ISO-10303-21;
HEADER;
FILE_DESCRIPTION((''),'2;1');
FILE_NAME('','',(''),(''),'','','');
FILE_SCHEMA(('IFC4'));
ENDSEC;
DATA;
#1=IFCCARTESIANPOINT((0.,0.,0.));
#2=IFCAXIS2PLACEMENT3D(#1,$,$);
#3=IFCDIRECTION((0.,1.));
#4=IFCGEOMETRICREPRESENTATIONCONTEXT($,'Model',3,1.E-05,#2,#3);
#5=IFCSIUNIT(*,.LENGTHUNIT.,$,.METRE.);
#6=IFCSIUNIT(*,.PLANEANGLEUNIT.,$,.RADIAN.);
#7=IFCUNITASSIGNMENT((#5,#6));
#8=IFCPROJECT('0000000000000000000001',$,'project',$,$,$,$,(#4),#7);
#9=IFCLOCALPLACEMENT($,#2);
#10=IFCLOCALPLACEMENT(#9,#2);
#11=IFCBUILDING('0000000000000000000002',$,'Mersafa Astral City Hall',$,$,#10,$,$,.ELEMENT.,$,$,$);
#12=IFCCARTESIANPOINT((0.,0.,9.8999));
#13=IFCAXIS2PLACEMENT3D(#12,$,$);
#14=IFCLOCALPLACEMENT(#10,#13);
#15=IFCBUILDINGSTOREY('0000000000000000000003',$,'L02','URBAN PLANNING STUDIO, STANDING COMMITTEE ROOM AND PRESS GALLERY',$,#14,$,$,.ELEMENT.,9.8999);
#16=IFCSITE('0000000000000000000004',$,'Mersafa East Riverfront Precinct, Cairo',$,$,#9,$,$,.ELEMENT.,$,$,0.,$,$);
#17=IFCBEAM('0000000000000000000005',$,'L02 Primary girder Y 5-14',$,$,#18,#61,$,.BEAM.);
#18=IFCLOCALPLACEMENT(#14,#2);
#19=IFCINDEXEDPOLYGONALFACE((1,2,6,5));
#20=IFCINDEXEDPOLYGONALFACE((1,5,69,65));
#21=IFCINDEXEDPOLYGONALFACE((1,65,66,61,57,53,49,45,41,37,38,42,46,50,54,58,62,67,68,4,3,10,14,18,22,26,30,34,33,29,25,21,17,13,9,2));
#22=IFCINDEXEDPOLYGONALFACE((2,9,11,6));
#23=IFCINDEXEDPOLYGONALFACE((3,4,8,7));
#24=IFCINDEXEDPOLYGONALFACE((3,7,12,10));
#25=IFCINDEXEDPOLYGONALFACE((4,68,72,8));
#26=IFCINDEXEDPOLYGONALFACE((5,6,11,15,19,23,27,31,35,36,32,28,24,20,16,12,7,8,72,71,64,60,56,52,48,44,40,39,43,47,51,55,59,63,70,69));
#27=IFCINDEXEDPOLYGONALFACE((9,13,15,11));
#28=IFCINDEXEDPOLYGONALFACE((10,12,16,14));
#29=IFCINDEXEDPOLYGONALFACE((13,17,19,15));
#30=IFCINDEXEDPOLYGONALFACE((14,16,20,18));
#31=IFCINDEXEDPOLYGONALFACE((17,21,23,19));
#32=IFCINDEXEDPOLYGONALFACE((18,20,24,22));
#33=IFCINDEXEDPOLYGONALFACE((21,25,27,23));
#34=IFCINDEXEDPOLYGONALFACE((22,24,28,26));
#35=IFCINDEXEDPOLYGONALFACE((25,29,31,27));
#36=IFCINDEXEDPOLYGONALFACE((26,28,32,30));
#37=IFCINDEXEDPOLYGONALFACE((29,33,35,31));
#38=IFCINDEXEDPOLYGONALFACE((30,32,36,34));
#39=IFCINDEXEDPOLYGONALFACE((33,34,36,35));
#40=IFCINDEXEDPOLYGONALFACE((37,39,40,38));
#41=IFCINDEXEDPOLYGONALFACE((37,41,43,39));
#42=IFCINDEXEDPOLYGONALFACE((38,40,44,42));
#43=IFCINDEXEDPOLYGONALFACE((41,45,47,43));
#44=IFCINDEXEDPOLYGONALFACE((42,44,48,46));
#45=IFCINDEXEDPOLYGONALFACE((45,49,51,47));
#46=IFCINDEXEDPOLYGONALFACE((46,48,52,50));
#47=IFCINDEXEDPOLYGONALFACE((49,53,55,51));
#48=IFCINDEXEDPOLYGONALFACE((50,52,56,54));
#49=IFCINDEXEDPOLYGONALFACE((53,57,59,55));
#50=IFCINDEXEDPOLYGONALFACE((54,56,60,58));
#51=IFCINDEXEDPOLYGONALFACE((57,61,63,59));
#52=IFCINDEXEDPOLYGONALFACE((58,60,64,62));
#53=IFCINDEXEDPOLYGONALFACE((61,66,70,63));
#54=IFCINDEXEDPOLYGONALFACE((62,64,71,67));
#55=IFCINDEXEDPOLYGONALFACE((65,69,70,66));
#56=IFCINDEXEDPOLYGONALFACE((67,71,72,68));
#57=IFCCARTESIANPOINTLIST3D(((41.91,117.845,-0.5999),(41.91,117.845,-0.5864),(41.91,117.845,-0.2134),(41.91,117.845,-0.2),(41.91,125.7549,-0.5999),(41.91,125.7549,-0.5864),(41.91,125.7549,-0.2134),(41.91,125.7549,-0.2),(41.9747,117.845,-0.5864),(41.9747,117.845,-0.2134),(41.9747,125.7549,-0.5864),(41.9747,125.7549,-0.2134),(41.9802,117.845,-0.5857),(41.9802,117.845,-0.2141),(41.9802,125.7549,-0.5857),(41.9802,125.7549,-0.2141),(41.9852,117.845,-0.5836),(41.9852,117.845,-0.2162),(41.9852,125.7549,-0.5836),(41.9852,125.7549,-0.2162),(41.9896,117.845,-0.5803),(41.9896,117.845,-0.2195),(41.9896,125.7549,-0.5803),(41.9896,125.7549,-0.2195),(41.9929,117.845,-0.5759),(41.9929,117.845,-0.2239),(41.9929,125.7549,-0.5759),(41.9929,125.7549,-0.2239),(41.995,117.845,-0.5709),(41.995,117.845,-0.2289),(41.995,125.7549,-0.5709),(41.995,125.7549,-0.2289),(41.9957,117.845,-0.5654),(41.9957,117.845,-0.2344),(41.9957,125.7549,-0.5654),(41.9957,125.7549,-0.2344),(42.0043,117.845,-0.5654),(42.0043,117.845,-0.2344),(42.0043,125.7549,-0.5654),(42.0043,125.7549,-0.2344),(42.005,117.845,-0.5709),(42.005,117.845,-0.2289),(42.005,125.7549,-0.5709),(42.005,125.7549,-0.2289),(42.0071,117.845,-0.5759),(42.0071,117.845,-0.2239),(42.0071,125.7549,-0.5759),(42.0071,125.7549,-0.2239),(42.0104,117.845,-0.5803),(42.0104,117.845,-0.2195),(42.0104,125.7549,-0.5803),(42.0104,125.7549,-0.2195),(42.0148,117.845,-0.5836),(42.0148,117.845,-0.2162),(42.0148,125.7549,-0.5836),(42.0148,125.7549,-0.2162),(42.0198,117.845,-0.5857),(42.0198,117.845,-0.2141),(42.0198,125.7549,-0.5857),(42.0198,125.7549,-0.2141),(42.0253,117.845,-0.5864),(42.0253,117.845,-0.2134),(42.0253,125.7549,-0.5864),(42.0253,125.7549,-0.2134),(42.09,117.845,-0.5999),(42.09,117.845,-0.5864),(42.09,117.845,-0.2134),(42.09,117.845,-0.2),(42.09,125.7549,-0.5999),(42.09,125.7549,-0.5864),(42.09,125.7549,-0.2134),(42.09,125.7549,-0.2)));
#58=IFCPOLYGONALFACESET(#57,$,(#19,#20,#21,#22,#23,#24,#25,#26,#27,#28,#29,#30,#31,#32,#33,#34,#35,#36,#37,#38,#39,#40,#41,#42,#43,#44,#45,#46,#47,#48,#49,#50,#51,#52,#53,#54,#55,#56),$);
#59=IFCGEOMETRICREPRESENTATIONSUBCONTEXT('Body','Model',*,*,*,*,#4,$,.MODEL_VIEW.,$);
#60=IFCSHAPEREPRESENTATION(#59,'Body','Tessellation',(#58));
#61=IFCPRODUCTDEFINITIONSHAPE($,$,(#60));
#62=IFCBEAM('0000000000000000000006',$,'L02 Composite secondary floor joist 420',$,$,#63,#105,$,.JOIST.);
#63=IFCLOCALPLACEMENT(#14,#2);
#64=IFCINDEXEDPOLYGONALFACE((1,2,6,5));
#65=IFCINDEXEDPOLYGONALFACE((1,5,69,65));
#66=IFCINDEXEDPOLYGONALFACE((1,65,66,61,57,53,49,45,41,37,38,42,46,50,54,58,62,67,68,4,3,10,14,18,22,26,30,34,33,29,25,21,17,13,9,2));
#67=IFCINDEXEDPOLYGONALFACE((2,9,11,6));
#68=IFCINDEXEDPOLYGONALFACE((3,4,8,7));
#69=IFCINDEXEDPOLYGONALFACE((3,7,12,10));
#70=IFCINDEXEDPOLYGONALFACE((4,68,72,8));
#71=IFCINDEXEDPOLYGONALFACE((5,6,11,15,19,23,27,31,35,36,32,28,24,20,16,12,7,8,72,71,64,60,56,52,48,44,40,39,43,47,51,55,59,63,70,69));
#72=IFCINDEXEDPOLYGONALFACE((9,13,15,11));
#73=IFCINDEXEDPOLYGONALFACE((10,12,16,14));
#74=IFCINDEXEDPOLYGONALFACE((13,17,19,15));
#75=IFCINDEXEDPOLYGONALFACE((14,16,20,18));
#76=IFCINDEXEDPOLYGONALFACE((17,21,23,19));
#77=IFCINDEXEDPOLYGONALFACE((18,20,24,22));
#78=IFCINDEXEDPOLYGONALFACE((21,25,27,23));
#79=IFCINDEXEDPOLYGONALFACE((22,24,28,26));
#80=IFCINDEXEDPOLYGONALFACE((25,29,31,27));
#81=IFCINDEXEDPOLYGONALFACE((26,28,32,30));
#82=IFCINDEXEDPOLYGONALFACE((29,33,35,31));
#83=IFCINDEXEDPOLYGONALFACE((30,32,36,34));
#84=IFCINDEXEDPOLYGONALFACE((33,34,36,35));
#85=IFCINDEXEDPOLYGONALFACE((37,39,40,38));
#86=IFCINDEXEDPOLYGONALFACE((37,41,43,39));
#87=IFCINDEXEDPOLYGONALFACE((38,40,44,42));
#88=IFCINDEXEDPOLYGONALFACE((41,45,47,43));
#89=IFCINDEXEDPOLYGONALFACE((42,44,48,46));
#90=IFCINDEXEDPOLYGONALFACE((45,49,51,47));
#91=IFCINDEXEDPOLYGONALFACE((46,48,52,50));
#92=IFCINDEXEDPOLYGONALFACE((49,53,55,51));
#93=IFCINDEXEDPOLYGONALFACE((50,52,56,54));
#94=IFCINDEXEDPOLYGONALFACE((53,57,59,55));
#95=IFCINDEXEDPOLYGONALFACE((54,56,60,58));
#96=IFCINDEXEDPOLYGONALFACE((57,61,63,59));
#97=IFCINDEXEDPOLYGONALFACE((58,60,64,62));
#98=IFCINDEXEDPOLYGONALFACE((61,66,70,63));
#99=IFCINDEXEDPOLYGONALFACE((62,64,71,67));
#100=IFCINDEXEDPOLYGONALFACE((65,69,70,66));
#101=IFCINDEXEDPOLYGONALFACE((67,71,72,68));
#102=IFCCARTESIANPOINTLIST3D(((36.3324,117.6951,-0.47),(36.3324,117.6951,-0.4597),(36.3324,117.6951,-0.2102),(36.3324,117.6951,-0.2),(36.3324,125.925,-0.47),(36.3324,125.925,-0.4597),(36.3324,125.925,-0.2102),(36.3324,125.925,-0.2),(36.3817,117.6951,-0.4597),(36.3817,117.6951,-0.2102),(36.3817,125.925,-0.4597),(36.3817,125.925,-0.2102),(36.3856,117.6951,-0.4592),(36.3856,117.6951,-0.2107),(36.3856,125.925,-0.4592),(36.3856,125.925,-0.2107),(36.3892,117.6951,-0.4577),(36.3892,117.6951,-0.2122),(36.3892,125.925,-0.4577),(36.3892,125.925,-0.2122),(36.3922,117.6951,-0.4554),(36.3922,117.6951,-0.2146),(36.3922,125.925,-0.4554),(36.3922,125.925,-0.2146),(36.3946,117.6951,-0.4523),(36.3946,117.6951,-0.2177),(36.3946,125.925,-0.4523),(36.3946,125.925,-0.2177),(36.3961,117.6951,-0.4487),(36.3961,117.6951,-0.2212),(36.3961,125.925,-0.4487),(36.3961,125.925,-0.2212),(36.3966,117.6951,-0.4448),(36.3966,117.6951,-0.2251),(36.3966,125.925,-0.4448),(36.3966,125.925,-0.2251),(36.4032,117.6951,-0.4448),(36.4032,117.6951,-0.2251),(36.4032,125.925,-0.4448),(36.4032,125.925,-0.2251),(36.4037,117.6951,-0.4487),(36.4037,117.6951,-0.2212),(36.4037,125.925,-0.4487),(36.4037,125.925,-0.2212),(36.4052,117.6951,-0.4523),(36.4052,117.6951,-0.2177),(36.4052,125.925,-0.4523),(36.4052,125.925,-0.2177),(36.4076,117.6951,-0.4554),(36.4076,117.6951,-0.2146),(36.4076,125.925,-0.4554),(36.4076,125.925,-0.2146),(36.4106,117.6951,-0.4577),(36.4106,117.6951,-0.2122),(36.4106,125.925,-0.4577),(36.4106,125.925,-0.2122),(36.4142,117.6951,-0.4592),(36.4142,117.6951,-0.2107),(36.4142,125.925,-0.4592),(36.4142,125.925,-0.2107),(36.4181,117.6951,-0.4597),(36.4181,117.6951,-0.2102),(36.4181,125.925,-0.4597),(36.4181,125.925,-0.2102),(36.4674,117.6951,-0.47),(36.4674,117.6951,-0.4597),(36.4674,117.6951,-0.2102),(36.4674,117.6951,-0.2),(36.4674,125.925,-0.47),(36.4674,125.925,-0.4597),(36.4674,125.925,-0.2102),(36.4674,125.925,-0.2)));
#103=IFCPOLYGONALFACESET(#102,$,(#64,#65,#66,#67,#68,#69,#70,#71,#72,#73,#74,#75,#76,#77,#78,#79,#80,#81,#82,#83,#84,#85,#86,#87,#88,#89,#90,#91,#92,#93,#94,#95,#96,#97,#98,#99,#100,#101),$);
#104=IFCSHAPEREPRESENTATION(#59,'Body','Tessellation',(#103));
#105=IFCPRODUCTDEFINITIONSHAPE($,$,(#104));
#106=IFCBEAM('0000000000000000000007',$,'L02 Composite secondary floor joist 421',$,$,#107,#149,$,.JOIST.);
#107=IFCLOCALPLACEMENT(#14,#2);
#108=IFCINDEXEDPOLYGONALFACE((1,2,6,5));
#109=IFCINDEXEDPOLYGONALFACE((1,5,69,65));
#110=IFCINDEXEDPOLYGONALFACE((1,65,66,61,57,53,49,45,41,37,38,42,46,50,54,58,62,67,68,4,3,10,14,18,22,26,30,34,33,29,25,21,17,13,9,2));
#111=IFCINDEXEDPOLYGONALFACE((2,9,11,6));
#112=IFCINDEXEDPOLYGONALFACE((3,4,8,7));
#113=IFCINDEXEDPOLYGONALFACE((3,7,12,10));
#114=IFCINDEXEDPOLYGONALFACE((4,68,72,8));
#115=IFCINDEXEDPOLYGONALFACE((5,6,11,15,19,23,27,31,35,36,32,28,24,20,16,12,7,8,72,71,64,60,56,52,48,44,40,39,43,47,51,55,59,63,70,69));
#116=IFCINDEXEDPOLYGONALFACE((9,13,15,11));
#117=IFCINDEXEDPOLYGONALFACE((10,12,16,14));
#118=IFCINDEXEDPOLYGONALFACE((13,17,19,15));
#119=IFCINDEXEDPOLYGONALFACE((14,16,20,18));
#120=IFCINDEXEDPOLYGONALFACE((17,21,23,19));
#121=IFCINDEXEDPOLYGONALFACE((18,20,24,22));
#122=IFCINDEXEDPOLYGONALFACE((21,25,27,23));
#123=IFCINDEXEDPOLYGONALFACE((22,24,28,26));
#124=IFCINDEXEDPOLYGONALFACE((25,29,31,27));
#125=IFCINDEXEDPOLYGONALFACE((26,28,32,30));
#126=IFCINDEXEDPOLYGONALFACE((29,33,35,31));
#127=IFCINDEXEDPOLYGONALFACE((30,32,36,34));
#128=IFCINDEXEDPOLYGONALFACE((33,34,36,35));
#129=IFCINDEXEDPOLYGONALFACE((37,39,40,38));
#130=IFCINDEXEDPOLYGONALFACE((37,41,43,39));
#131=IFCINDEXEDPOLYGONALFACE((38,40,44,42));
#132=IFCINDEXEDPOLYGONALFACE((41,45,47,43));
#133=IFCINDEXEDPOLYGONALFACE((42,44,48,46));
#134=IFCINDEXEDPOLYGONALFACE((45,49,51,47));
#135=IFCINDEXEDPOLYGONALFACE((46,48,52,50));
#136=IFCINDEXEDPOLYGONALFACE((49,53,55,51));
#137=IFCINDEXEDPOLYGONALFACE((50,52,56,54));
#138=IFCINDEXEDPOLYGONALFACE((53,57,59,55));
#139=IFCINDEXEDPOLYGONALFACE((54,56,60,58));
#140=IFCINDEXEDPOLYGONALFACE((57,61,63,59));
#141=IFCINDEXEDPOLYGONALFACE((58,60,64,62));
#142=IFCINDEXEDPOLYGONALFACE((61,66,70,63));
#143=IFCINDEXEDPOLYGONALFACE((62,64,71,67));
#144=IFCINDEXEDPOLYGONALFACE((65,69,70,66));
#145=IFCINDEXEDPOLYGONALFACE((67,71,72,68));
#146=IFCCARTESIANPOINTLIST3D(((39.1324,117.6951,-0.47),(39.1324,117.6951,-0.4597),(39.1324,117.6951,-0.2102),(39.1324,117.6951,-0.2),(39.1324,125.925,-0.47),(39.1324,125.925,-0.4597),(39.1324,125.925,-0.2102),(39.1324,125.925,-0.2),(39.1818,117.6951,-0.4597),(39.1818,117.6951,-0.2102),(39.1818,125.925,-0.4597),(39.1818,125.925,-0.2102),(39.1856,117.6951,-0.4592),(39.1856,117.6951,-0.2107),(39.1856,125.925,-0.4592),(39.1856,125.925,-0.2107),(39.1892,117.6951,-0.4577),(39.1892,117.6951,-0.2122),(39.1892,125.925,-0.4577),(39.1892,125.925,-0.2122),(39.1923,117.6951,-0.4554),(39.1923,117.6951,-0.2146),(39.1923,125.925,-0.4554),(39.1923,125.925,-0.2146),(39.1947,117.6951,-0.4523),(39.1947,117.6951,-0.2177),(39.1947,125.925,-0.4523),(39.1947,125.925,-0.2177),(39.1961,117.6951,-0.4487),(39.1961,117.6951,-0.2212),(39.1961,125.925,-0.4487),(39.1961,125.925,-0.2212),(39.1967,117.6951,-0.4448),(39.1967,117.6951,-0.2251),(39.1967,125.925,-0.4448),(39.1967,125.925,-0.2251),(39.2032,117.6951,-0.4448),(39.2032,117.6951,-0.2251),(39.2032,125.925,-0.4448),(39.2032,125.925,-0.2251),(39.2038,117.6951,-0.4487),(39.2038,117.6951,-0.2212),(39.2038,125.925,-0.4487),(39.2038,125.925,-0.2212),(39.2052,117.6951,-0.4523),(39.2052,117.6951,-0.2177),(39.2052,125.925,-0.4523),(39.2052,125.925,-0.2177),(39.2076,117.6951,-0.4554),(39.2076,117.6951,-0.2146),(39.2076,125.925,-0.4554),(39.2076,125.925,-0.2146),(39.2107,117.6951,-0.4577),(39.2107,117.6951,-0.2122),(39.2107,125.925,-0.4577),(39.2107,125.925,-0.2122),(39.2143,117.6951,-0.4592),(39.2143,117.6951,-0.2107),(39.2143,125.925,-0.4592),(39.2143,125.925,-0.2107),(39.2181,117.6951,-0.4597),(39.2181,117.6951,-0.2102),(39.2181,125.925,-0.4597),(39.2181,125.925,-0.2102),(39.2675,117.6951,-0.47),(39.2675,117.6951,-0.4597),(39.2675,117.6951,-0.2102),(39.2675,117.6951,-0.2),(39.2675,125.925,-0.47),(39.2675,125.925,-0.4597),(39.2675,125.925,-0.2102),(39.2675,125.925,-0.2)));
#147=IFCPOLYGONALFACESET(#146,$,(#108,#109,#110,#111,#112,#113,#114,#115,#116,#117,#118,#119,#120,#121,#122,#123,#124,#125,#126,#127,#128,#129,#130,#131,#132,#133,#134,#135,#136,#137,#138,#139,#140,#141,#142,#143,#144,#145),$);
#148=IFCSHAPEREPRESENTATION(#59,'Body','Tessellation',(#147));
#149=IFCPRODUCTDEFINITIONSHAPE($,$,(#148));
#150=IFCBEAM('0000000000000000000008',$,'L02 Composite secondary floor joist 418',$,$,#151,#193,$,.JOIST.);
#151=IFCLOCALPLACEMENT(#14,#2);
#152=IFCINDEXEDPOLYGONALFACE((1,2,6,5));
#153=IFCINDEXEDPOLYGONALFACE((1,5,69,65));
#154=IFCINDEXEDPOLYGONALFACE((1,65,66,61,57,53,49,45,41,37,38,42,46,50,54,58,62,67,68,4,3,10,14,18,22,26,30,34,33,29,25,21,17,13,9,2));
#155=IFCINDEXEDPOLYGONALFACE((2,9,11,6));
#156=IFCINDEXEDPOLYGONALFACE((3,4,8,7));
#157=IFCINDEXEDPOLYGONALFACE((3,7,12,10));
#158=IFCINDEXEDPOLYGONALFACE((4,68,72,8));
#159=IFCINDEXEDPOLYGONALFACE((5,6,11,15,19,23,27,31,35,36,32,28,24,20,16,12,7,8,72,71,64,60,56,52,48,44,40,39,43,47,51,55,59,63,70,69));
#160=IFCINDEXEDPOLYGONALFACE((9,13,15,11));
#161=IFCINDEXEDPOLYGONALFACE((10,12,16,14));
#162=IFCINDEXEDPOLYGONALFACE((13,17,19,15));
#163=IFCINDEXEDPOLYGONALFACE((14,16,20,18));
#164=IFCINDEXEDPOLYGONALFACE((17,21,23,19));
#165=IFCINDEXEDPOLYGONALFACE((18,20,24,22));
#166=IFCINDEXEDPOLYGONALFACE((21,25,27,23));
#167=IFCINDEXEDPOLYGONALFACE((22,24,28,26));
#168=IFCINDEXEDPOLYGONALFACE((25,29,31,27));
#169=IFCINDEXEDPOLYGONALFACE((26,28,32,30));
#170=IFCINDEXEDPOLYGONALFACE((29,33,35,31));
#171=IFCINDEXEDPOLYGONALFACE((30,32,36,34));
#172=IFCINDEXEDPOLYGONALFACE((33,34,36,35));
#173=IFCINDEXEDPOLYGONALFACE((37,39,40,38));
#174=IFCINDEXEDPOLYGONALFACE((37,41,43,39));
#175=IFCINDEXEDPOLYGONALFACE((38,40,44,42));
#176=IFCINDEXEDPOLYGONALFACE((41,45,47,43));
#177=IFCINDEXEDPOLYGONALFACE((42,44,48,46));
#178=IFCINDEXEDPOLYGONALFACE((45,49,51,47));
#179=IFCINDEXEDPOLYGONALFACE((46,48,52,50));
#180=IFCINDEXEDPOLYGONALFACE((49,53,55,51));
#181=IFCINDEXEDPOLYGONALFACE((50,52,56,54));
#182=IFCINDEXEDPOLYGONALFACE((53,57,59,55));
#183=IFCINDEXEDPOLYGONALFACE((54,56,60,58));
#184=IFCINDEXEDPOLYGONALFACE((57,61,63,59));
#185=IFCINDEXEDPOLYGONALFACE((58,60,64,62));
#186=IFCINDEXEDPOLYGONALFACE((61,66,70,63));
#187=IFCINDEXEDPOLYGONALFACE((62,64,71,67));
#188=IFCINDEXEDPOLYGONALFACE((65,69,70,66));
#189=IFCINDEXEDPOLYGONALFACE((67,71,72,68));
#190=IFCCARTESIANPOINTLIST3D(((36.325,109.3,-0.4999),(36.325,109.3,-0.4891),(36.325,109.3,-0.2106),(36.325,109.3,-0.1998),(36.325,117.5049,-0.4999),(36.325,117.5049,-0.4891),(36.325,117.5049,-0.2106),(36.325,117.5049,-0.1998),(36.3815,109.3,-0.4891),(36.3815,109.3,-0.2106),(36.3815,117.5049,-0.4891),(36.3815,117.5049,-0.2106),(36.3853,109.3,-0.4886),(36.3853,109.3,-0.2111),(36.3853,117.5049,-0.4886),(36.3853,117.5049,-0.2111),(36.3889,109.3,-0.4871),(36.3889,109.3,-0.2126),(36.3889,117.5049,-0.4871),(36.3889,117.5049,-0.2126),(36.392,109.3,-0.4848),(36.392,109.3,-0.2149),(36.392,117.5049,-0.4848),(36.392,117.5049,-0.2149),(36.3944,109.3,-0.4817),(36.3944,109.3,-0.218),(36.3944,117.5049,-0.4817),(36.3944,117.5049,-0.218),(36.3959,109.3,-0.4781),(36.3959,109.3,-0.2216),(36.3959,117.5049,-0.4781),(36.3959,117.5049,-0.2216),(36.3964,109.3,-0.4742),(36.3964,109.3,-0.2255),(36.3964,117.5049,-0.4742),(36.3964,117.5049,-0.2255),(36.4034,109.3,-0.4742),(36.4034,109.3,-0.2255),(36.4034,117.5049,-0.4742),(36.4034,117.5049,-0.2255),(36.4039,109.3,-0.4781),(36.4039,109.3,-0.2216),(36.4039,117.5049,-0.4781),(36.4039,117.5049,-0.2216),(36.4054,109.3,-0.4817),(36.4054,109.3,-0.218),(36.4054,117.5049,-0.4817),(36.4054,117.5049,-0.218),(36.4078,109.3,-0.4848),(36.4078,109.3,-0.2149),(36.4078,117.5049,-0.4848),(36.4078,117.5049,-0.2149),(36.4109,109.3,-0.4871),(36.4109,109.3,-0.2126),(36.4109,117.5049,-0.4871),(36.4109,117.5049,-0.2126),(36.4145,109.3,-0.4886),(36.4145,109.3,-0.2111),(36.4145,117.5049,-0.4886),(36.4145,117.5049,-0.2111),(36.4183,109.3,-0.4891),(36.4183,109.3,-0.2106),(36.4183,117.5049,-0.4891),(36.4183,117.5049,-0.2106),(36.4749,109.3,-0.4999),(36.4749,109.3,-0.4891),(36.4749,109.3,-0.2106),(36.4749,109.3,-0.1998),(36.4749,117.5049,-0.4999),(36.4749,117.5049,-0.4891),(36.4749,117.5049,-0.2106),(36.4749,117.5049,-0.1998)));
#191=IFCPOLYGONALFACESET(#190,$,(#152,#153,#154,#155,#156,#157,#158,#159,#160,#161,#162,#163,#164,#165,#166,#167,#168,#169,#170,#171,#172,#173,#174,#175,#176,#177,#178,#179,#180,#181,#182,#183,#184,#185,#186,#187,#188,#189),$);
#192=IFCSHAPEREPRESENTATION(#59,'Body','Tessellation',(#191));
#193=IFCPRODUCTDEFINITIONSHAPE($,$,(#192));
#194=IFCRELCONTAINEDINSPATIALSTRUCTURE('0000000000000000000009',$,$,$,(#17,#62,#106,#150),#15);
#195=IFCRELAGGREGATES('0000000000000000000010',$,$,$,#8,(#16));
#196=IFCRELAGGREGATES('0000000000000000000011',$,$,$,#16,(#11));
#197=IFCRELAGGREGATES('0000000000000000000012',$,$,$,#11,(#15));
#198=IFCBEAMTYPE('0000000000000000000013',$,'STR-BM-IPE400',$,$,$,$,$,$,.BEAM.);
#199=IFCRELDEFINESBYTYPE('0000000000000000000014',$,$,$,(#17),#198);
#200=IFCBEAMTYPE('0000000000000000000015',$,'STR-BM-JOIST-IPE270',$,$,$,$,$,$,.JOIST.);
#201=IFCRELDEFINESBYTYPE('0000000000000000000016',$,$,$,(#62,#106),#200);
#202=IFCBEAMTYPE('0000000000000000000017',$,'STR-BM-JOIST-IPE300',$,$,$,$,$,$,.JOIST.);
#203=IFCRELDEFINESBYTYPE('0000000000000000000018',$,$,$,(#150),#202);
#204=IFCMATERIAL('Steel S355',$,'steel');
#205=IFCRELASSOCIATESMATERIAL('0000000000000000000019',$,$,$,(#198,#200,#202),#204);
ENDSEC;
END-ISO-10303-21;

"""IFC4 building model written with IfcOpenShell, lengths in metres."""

from ifc_helpers import new_model, si_unit, direction, frame, origin, origin_2d, place, context, subcontext, project, spatial, i_section, extrude, material, material_profile, profile_set, type_object, element, save


model = new_model("IFC4")

# Units and contexts
model_context = context("Model", 3, precision=1e-05, world=origin(), true_north=direction((0.0, 1.0)))
body_context = subcontext(model_context, "Body", "Model", "MODEL_VIEW")
ifc_project = project(units=[si_unit("LENGTHUNIT", "METRE"), si_unit("PLANEANGLEUNIT", "RADIAN")], contexts=[model_context])

# Site, building, storey
site_placement = place(None, origin())
site = spatial("IfcSite", under=ifc_project, at=site_placement, Name="Mersafa East Riverfront Precinct, Cairo", CompositionType="ELEMENT", RefElevation=0.0)
building_placement = place(site_placement, origin())
building = spatial("IfcBuilding", under=site, at=building_placement, Name="Mersafa Astral City Hall", CompositionType="ELEMENT")
storey_placement = place(building_placement, frame((0.0, 0.0, 9.8999)))
storey = spatial("IfcBuildingStorey", under=building, at=storey_placement, Name="L02", Description="URBAN PLANNING STUDIO, STANDING COMMITTEE ROOM AND PRESS GALLERY", CompositionType="ELEMENT", Elevation=9.8999)

# Shared definitions
ifc_material_1 = material(Name="Steel S355", Category="steel")

# Beams
ifc_material_profile_1 = material_profile(ifc_material_1, i_section(OverallWidth=0.1799, OverallDepth=0.3999, WebThickness=0.0085, FlangeThickness=0.0134, FilletRadius=0.021, at=origin_2d()), Name="IPE 400")
ifc_profile_set_1 = profile_set([ifc_material_profile_1], Name="Steel S355")
beam_type_1 = type_object("IfcBeamType", Name="STR-BM-IPE400", PredefinedType="BEAM", material=ifc_profile_set_1)
beam_1_placement = place(storey_placement, frame((42.0, 117.845, -0.3999), z_axis=(0.0, 1.0, 0.0), x_axis=(-1.0, 0.0, 0.0)))
element("IfcBeam", 1, at=beam_1_placement, inside=storey, type_object=beam_type_1, Name="L02 Primary girder Y 5-14", PredefinedType="BEAM", context=body_context, shape_type="SweptSolid", body=[
    extrude(i_section(OverallWidth=0.1799, OverallDepth=0.3999, WebThickness=0.0085, FlangeThickness=0.0134, FilletRadius=0.021, at=origin_2d()), origin(), (0.0, 0.0, 1.0), 7.9099),
])
ifc_material_profile_2 = material_profile(ifc_material_1, i_section(OverallWidth=0.135, OverallDepth=0.27, WebThickness=0.0066, FlangeThickness=0.0103, FilletRadius=0.0149, at=origin_2d()), Name="IPE 270")
ifc_profile_set_2 = profile_set([ifc_material_profile_2], Name="Steel S355")
beam_type_2 = type_object("IfcBeamType", Name="STR-BM-JOIST-IPE270", PredefinedType="JOIST", material=ifc_profile_set_2)
for number, where, z_axis, x_axis, name in (
    (2, (36.3999, 117.6951, -0.335), (0.0, 1.0, 0.0), (-1.0, 0.0, 0.0), "L02 Composite secondary floor joist 420"),
    (3, (39.2, 117.6951, -0.335), (0.0, 1.0, 0.0), (-1.0, 0.0, 0.0), "L02 Composite secondary floor joist 421"),
):
    element("IfcBeam", number, at=place(storey_placement, frame(where, z_axis=z_axis, x_axis=x_axis)), inside=storey, type_object=beam_type_2, Name=name, PredefinedType="JOIST", context=body_context, shape_type="SweptSolid", body=[
        extrude(i_section(OverallWidth=0.135, OverallDepth=0.27, WebThickness=0.0066, FlangeThickness=0.0103, FilletRadius=0.0149, at=origin_2d()), origin(), (0.0, 0.0, 1.0), 8.23),
    ])
ifc_material_profile_3 = material_profile(ifc_material_1, i_section(OverallWidth=0.1499, OverallDepth=0.3, WebThickness=0.0071, FlangeThickness=0.0107, FilletRadius=0.0149, at=origin_2d()), Name="IPE 300")
ifc_profile_set_3 = profile_set([ifc_material_profile_3], Name="Steel S355")
beam_type_3 = type_object("IfcBeamType", Name="STR-BM-JOIST-IPE300", PredefinedType="JOIST", material=ifc_profile_set_3)
for number, where, z_axis, x_axis, name in (
    (4, (36.3999, 109.3, -0.3499), (0.0, 1.0, 0.0), (-1.0, 0.0, 0.0), "L02 Composite secondary floor joist 418"),
):
    element("IfcBeam", number, at=place(storey_placement, frame(where, z_axis=z_axis, x_axis=x_axis)), inside=storey, type_object=beam_type_3, Name=name, PredefinedType="JOIST", context=body_context, shape_type="SweptSolid", body=[
        extrude(i_section(OverallWidth=0.1499, OverallDepth=0.3, WebThickness=0.0071, FlangeThickness=0.0107, FilletRadius=0.0149, at=origin_2d()), origin(), (0.0, 0.0, 1.0), 8.2048),
    ])

save(model, "model.ifc")
